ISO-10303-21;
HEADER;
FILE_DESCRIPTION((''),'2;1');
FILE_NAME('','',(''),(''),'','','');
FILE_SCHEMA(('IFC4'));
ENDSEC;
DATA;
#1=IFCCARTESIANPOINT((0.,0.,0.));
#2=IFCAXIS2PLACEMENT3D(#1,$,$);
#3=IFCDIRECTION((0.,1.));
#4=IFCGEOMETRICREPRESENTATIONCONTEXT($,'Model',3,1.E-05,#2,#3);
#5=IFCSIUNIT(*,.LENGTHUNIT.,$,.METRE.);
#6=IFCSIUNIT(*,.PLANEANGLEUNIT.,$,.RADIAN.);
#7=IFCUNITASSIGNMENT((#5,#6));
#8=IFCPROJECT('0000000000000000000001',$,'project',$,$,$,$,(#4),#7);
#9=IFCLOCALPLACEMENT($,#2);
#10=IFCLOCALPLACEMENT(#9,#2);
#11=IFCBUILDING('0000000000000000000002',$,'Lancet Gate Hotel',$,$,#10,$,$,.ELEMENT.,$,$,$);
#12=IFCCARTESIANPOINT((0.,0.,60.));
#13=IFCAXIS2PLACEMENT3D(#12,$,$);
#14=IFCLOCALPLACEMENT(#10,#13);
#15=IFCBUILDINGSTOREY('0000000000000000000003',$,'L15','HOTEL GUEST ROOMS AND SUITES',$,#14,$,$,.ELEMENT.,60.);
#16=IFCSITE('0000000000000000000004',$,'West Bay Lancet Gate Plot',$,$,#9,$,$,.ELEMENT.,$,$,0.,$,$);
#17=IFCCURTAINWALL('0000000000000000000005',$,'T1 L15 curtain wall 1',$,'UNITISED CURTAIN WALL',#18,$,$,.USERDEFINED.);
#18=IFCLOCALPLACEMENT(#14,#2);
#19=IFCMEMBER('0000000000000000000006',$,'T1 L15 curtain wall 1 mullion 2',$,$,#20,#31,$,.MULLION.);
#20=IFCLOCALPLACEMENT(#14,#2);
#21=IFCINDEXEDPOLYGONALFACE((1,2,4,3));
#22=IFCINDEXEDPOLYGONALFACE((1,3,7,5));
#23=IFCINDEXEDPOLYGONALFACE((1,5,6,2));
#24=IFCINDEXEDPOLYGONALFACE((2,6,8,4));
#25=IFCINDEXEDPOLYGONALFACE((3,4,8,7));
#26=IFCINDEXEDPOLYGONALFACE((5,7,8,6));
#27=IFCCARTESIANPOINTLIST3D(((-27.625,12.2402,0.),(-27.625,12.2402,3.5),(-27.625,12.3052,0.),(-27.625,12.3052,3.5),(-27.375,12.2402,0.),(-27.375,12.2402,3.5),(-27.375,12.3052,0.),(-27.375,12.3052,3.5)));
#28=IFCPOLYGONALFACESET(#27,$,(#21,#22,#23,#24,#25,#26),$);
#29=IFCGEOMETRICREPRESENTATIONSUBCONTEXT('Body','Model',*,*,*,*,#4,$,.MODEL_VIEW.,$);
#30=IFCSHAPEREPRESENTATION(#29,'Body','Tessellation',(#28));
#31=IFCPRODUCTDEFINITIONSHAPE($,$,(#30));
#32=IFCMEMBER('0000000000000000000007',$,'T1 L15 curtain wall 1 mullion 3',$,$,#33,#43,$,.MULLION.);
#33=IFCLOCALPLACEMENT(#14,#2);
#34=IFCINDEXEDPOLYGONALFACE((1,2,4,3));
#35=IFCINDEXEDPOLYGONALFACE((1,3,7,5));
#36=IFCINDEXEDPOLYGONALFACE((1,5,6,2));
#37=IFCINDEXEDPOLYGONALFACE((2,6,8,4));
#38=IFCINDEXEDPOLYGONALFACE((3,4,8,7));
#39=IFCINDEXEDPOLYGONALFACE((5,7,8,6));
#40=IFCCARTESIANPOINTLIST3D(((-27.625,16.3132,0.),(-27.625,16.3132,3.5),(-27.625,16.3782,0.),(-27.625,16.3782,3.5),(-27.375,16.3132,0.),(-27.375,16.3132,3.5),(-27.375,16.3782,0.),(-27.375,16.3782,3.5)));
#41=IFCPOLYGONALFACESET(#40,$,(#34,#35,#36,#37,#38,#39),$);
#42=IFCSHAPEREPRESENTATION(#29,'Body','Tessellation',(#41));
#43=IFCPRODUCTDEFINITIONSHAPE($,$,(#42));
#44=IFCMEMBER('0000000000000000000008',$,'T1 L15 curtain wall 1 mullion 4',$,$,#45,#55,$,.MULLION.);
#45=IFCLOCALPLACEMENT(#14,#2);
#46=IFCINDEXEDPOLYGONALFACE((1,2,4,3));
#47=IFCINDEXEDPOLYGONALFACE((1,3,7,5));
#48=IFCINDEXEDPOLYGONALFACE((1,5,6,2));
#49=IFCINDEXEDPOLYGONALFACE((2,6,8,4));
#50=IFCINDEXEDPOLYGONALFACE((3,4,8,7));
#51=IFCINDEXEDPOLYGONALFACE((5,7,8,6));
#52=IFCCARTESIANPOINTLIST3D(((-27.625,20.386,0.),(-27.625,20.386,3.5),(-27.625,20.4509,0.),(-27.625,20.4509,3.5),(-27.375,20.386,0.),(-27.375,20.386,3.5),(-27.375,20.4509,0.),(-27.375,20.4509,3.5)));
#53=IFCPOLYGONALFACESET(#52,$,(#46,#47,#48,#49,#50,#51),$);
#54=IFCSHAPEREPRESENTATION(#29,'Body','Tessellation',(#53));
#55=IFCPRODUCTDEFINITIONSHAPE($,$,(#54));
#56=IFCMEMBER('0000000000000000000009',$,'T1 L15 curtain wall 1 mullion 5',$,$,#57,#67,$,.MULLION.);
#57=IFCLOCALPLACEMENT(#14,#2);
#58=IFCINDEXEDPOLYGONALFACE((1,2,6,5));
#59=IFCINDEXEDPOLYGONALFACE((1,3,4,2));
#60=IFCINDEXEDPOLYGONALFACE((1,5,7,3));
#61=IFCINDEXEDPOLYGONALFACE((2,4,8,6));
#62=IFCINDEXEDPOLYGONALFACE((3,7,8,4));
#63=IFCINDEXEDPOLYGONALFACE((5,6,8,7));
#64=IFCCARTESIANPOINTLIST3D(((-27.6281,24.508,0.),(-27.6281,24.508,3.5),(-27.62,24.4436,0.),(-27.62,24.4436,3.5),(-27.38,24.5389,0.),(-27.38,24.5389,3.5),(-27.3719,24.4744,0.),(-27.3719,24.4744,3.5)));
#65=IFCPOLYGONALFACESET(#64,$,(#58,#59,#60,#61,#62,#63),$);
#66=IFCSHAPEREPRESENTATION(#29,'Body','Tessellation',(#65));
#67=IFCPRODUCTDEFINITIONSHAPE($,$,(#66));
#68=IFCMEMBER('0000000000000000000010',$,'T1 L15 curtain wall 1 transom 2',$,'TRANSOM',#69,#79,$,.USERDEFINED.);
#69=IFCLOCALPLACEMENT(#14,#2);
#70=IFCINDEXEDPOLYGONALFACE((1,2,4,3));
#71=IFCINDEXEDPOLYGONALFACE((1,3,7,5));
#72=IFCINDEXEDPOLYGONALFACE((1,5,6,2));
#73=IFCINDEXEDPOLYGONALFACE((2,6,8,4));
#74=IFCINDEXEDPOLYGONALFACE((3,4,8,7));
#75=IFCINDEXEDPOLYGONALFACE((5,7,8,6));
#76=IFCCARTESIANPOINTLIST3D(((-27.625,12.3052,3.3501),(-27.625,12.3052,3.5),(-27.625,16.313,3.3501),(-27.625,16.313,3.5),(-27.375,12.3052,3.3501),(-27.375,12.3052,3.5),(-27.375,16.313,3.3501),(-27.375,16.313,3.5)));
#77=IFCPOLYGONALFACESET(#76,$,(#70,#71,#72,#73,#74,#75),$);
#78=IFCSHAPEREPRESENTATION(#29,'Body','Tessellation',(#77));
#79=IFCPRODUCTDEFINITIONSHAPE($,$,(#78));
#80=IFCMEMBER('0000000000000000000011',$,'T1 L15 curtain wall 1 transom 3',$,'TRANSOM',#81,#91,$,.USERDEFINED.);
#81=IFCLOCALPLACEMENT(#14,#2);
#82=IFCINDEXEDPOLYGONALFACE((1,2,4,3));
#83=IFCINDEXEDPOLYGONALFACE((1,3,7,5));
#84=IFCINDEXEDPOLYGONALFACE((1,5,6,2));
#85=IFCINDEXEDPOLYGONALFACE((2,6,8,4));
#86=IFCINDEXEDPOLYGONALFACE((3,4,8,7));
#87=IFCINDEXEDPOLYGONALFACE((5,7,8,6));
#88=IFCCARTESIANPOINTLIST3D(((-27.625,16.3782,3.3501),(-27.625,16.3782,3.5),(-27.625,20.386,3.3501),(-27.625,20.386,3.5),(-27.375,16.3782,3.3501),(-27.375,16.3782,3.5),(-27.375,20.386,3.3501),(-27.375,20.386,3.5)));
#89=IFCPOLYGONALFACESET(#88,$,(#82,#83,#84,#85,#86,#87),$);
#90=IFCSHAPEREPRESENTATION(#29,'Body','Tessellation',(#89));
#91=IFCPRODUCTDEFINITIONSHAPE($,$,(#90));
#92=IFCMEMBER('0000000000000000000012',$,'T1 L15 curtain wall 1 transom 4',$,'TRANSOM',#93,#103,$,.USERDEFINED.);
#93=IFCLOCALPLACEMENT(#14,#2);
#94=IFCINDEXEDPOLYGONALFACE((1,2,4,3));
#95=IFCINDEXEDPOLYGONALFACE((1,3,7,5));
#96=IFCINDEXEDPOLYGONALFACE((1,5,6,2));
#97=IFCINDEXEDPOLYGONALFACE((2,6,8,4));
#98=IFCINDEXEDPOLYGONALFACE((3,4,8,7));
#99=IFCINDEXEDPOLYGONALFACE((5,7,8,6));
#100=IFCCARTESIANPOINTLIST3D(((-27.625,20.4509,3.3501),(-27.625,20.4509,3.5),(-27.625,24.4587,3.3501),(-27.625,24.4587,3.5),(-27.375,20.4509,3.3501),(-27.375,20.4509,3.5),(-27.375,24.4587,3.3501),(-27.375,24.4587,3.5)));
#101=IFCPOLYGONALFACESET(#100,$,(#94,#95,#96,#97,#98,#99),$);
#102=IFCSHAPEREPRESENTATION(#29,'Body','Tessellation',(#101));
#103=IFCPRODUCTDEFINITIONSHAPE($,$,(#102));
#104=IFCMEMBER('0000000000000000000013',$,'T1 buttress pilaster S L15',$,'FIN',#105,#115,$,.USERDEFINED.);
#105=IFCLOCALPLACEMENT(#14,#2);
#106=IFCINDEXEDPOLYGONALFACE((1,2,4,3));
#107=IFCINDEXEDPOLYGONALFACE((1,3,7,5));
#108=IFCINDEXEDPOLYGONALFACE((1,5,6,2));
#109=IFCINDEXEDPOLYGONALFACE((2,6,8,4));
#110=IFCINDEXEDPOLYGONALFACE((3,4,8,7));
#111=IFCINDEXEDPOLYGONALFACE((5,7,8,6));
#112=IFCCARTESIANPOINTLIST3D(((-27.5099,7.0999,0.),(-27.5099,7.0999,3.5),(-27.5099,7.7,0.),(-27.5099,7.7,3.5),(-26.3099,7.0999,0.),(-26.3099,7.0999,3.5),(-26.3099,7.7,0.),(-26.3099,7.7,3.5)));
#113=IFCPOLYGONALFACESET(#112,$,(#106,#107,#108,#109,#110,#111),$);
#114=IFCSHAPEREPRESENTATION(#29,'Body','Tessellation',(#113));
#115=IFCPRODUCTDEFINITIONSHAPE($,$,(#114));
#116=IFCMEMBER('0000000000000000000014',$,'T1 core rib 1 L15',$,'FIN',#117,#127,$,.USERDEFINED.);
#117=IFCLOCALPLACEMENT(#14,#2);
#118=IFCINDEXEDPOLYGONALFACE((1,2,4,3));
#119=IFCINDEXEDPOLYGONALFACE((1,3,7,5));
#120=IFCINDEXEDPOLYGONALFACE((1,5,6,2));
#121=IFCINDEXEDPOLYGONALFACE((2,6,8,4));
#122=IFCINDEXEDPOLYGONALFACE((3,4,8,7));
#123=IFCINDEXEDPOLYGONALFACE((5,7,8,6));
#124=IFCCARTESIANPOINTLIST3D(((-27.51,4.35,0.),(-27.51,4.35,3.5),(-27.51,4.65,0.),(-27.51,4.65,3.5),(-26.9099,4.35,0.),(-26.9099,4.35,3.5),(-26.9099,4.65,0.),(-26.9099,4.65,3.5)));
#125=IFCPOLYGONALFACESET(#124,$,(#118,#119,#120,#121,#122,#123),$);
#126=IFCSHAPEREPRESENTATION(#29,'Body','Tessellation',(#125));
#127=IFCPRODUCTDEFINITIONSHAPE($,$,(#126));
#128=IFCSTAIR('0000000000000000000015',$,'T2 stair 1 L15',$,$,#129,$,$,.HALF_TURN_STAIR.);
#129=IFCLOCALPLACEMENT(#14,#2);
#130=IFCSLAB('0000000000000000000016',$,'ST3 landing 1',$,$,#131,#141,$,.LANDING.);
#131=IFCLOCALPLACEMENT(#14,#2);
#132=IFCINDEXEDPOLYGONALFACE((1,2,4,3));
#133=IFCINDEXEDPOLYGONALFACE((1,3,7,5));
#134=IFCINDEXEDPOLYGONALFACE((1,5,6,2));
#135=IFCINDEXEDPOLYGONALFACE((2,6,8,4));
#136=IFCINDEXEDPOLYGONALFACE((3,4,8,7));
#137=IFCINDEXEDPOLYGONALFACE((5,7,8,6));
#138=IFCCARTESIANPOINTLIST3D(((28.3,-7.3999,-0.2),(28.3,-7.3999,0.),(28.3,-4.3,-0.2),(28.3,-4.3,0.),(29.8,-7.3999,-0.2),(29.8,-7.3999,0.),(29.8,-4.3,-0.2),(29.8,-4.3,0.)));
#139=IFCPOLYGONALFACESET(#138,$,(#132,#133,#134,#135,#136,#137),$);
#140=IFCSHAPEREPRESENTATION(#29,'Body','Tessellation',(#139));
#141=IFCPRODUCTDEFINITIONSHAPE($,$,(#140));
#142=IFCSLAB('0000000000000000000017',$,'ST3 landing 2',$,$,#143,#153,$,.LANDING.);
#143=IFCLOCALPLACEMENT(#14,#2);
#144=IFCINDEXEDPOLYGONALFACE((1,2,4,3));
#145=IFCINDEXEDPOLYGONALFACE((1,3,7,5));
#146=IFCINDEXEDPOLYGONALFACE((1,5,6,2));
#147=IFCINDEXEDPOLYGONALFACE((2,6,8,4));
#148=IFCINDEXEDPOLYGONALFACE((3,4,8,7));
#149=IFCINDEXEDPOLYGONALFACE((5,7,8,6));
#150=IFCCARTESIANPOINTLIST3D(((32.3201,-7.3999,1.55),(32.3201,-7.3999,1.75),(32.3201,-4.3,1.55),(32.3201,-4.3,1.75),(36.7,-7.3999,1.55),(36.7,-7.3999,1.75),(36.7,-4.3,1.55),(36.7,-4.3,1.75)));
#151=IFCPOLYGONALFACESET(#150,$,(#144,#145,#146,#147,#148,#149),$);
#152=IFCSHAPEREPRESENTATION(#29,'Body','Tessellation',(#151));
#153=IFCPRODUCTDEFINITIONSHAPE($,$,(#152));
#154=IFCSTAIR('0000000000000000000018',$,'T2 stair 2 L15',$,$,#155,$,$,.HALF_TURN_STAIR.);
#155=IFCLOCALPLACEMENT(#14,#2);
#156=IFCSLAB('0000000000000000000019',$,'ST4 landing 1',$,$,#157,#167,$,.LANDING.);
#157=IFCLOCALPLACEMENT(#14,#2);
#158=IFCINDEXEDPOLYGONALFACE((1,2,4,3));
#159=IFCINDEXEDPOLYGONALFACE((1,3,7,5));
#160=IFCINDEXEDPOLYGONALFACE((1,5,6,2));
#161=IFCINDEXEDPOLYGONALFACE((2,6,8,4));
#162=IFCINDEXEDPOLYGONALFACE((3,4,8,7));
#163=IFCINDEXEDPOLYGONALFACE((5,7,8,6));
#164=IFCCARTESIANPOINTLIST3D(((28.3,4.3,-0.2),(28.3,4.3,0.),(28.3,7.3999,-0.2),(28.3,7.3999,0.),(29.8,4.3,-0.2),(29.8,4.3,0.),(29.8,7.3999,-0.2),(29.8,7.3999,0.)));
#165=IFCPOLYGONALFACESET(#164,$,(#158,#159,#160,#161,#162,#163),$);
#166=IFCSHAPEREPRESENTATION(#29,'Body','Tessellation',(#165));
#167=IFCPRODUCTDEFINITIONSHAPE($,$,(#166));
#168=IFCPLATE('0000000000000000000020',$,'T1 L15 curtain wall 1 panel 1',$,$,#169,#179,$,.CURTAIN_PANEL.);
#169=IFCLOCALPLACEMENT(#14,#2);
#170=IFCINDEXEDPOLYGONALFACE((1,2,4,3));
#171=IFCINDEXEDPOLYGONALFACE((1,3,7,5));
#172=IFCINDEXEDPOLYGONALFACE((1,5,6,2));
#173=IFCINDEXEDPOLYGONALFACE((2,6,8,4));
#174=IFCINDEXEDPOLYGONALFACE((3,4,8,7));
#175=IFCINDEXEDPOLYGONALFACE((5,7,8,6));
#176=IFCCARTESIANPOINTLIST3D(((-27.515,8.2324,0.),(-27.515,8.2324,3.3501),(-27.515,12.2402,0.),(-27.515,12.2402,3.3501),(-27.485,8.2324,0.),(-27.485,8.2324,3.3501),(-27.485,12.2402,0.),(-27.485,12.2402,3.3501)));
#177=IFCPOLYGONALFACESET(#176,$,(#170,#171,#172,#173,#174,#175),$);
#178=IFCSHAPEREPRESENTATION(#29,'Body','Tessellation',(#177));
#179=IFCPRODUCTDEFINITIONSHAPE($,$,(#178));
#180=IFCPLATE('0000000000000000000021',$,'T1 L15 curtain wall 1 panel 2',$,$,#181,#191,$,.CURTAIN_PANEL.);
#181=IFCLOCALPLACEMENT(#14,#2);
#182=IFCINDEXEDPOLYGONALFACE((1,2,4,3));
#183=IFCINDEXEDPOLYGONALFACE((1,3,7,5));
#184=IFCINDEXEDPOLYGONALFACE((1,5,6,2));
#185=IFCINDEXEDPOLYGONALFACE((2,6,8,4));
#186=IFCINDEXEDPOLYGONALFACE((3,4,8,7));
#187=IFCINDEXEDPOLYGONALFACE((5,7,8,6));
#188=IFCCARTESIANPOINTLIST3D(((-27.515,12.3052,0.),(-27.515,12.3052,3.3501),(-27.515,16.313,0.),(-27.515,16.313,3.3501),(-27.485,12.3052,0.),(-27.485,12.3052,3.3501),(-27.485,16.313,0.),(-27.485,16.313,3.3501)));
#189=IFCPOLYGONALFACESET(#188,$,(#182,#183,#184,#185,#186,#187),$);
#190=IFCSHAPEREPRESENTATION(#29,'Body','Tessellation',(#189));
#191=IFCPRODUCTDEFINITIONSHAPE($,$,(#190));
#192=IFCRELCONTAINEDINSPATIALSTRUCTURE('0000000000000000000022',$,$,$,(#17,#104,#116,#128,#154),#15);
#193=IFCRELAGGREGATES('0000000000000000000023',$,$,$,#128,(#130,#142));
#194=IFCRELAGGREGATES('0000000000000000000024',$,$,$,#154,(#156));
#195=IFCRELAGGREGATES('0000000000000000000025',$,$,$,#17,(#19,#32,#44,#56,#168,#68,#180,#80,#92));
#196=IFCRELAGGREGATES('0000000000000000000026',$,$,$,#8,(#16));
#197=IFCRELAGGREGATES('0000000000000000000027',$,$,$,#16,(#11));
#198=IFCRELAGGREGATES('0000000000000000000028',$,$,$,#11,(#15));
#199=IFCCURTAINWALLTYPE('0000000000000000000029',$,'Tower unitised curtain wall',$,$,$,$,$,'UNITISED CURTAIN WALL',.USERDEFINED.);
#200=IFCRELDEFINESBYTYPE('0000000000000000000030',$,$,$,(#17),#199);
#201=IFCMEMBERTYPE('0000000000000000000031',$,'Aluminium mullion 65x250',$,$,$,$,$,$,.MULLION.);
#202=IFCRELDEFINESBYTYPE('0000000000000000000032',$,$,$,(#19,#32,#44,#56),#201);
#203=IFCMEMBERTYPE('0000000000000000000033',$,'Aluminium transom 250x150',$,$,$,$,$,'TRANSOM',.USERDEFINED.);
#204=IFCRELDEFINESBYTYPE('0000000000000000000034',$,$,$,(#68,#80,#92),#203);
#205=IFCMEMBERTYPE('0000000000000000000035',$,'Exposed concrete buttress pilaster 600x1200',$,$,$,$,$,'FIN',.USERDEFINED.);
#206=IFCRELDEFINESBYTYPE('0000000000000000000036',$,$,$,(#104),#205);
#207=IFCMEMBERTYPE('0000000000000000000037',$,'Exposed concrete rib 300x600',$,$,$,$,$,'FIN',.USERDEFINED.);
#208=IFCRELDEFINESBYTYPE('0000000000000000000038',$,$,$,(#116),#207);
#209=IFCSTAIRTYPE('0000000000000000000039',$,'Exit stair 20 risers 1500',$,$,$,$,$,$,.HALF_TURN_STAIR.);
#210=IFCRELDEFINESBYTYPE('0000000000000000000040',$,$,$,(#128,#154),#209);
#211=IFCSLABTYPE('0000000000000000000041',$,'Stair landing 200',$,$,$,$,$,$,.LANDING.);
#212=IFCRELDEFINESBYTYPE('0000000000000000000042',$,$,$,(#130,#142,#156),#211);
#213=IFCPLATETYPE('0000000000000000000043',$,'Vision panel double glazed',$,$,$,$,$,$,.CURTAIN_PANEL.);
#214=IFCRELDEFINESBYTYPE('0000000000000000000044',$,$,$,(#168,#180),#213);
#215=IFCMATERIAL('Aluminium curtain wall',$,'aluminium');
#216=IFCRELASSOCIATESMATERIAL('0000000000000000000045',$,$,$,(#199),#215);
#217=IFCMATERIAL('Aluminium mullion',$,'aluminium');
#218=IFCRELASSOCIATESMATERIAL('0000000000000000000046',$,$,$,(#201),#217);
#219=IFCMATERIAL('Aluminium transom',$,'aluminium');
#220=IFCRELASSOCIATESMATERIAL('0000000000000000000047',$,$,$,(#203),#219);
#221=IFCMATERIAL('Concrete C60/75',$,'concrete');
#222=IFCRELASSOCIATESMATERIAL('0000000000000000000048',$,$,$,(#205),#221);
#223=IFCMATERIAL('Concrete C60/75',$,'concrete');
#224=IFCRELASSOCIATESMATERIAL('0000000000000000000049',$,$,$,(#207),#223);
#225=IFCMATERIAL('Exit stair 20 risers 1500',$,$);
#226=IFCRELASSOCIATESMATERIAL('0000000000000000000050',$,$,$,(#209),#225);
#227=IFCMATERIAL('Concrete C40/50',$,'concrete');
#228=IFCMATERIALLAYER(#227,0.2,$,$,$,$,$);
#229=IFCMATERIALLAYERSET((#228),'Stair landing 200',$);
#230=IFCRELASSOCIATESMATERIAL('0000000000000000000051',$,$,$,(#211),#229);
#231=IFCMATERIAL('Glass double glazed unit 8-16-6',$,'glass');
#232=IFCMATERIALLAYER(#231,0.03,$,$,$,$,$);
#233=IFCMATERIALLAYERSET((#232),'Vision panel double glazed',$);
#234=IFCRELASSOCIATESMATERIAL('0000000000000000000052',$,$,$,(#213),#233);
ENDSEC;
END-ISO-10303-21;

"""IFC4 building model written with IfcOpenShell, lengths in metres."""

from ifc_helpers import new_model, si_unit, direction, frame, origin, origin_2d, place, context, subcontext, project, spatial, polyline, rectangle, outline, extrude, material, layer, layer_set, material_profile, profile_set, type_object, element, aggregate, save


model = new_model("IFC4")

# Units and contexts
model_context = context("Model", 3, precision=1e-05, world=origin(), true_north=direction((0.0, 1.0)))
body_context = subcontext(model_context, "Body", "Model", "MODEL_VIEW")
ifc_project = project(units=[si_unit("LENGTHUNIT", "METRE"), si_unit("PLANEANGLEUNIT", "RADIAN")], contexts=[model_context])

# Site, building, storey
site_placement = place(None, origin())
site = spatial("IfcSite", under=ifc_project, at=site_placement, Name="West Bay Lancet Gate Plot", CompositionType="ELEMENT", RefElevation=0.0)
building_placement = place(site_placement, origin())
building = spatial("IfcBuilding", under=site, at=building_placement, Name="Lancet Gate Hotel", CompositionType="ELEMENT")
storey_placement = place(building_placement, frame((0.0, 0.0, 60.0)))
storey = spatial("IfcBuildingStorey", under=building, at=storey_placement, Name="L15", Description="HOTEL GUEST ROOMS AND SUITES", CompositionType="ELEMENT", Elevation=60.0)

# Curtain wall, members
ifc_material_1 = material(Name="Aluminium curtain wall", Category="aluminium")
curtain_wall_type = type_object("IfcCurtainWallType", Name="Tower unitised curtain wall", ElementType="UNITISED CURTAIN WALL", PredefinedType="USERDEFINED", material=ifc_material_1)
curtain_wall_placement = place(storey_placement, origin())
curtain_wall = element("IfcCurtainWall", 1, at=curtain_wall_placement, inside=storey, type_object=curtain_wall_type, Name="T1 L15 curtain wall 1", ObjectType="UNITISED CURTAIN WALL", PredefinedType="USERDEFINED")
ifc_material_2 = material(Name="Aluminium mullion", Category="aluminium")
ifc_material_profile_1 = material_profile(ifc_material_2, rectangle(XDim=0.0649, YDim=0.25, at=origin_2d()), Name="MULLION 65x250")
ifc_profile_set_1 = profile_set([ifc_material_profile_1], Name="Aluminium mullion")
member_type_1 = type_object("IfcMemberType", Name="Aluminium mullion 65x250", PredefinedType="MULLION", material=ifc_profile_set_1)
member_1_placement = place(storey_placement, frame((-27.5, 12.2727, 0.0), z_axis=(0.0, 0.0, 1.0), x_axis=(0.0, 1.0, 0.0)))
member_1 = element("IfcMember", 2, at=member_1_placement, type_object=member_type_1, Name="T1 L15 curtain wall 1 mullion 2", PredefinedType="MULLION", context=body_context, shape_type="SweptSolid", body=[
    extrude(rectangle(XDim=0.0649, YDim=0.25, at=origin_2d()), origin(), (0.0, 0.0, 1.0), 3.5),
])
member_2_placement = place(storey_placement, frame((-27.5, 16.3457, 0.0), z_axis=(0.0, 0.0, 1.0), x_axis=(0.0, 1.0, 0.0)))
member_2 = element("IfcMember", 3, at=member_2_placement, type_object=member_type_1, Name="T1 L15 curtain wall 1 mullion 3", PredefinedType="MULLION", context=body_context, shape_type="SweptSolid", body=[
    extrude(rectangle(XDim=0.0649, YDim=0.25, at=origin_2d()), origin(), (0.0, 0.0, 1.0), 3.5),
])
member_3_placement = place(storey_placement, frame((-27.5, 20.4185, 0.0), z_axis=(0.0, 0.0, 1.0), x_axis=(0.0, 1.0, 0.0)))
member_3 = element("IfcMember", 4, at=member_3_placement, type_object=member_type_1, Name="T1 L15 curtain wall 1 mullion 4", PredefinedType="MULLION", context=body_context, shape_type="SweptSolid", body=[
    extrude(rectangle(XDim=0.0649, YDim=0.25, at=origin_2d()), origin(), (0.0, 0.0, 1.0), 3.5),
])
member_4_placement = place(storey_placement, frame((-27.5, 24.4912, 0.0), z_axis=(0.0, 0.0, 1.0), x_axis=(-0.123483, 0.992347, 0.0)))
member_4 = element("IfcMember", 5, at=member_4_placement, type_object=member_type_1, Name="T1 L15 curtain wall 1 mullion 5", PredefinedType="MULLION", context=body_context, shape_type="SweptSolid", body=[
    extrude(rectangle(XDim=0.0649, YDim=0.25, at=origin_2d()), origin(), (0.0, 0.0, 1.0), 3.5),
])
ifc_material_3 = material(Name="Aluminium transom", Category="aluminium")
ifc_material_profile_2 = material_profile(ifc_material_3, rectangle(XDim=0.25, YDim=0.1499, at=origin_2d()), Name="TRANSOM 250x150")
ifc_profile_set_2 = profile_set([ifc_material_profile_2], Name="Aluminium transom")
member_type_2 = type_object("IfcMemberType", Name="Aluminium transom 250x150", ElementType="TRANSOM", PredefinedType="USERDEFINED", material=ifc_profile_set_2)
member_5_placement = place(storey_placement, frame((-27.5, 12.3052, 3.425), z_axis=(0.0, 1.0, 0.0), x_axis=(-1.0, 0.0, 0.0)))
member_5 = element("IfcMember", 6, at=member_5_placement, type_object=member_type_2, Name="T1 L15 curtain wall 1 transom 2", ObjectType="TRANSOM", PredefinedType="USERDEFINED", context=body_context, shape_type="SweptSolid", body=[
    extrude(rectangle(XDim=0.25, YDim=0.1499, at=origin_2d()), origin(), (0.0, 0.0, 1.0), 4.0078),
])
member_6_placement = place(storey_placement, frame((-27.5, 16.3782, 3.425), z_axis=(0.0, 1.0, 0.0), x_axis=(-1.0, 0.0, 0.0)))
member_6 = element("IfcMember", 7, at=member_6_placement, type_object=member_type_2, Name="T1 L15 curtain wall 1 transom 3", ObjectType="TRANSOM", PredefinedType="USERDEFINED", context=body_context, shape_type="SweptSolid", body=[
    extrude(rectangle(XDim=0.25, YDim=0.1499, at=origin_2d()), origin(), (0.0, 0.0, 1.0), 4.0078),
])
member_7_placement = place(storey_placement, frame((-27.5, 20.4509, 3.425), z_axis=(0.0, 1.0, 0.0), x_axis=(-1.0, 0.0, 0.0)))
member_7 = element("IfcMember", 8, at=member_7_placement, type_object=member_type_2, Name="T1 L15 curtain wall 1 transom 4", ObjectType="TRANSOM", PredefinedType="USERDEFINED", context=body_context, shape_type="SweptSolid", body=[
    extrude(rectangle(XDim=0.25, YDim=0.1499, at=origin_2d()), origin(), (0.0, 0.0, 1.0), 4.0078),
])

# Members
ifc_material_4 = material(Name="Concrete C60/75", Category="concrete")
ifc_material_profile_3 = material_profile(ifc_material_4, rectangle(XDim=0.6001, YDim=1.2, at=origin_2d()), Name="FIN 600x1200")
ifc_profile_set_3 = profile_set([ifc_material_profile_3], Name="Concrete C60/75")
member_type_3 = type_object("IfcMemberType", Name="Exposed concrete buttress pilaster 600x1200", ElementType="FIN", PredefinedType="USERDEFINED", material=ifc_profile_set_3)
member_8_placement = place(storey_placement, frame((-26.9099, 7.3999, 0.0), z_axis=(0.0, 0.0, 1.0), x_axis=(0.0, 1.0, 0.0)))
element("IfcMember", 9, at=member_8_placement, inside=storey, type_object=member_type_3, Name="T1 buttress pilaster S L15", ObjectType="FIN", PredefinedType="USERDEFINED", context=body_context, shape_type="SweptSolid", body=[
    extrude(rectangle(XDim=0.6001, YDim=1.2, at=origin_2d()), origin(), (0.0, 0.0, 1.0), 3.5),
])
ifc_material_5 = material(Name="Concrete C60/75", Category="concrete")
ifc_material_profile_4 = material_profile(ifc_material_5, rectangle(XDim=0.3, YDim=0.6001, at=origin_2d()), Name="FIN 300x600")
ifc_profile_set_4 = profile_set([ifc_material_profile_4], Name="Concrete C60/75")
member_type_4 = type_object("IfcMemberType", Name="Exposed concrete rib 300x600", ElementType="FIN", PredefinedType="USERDEFINED", material=ifc_profile_set_4)
member_9_placement = place(storey_placement, frame((-27.21, 4.5, 0.0), z_axis=(0.0, 0.0, 1.0), x_axis=(0.0, 1.0, 0.0)))
element("IfcMember", 10, at=member_9_placement, inside=storey, type_object=member_type_4, Name="T1 core rib 1 L15", ObjectType="FIN", PredefinedType="USERDEFINED", context=body_context, shape_type="SweptSolid", body=[
    extrude(rectangle(XDim=0.3, YDim=0.6001, at=origin_2d()), origin(), (0.0, 0.0, 1.0), 3.5),
])

# Stair, slabs
ifc_material_6 = material(Name="Exit stair 20 risers 1500")
stair_type = type_object("IfcStairType", Name="Exit stair 20 risers 1500", PredefinedType="HALF_TURN_STAIR", material=ifc_material_6)
stair_1_placement = place(storey_placement, origin())
stair_1 = element("IfcStair", 11, at=stair_1_placement, inside=storey, type_object=stair_type, Name="T2 stair 1 L15", PredefinedType="HALF_TURN_STAIR")
ifc_material_7 = material(Name="Concrete C40/50", Category="concrete")
ifc_layer_1 = layer(ifc_material_7, 0.2)
ifc_layer_set_1 = layer_set([ifc_layer_1], Name="Stair landing 200")
slab_type = type_object("IfcSlabType", Name="Stair landing 200", PredefinedType="LANDING", material=ifc_layer_set_1)
slab_1_placement = place(storey_placement, frame((0.0, 0.0, -0.2)))
slab_1 = element("IfcSlab", 12, at=slab_1_placement, type_object=slab_type, Name="ST3 landing 1", PredefinedType="LANDING", context=body_context, shape_type="SweptSolid", body=[
    extrude(outline(polyline([(28.3, -7.3999), (29.8, -7.3999), (29.8, -4.3), (28.3, -4.3), (28.3, -7.3999)])), origin(), (0.0, 0.0, 1.0), 0.2),
])
slab_2_placement = place(storey_placement, frame((0.0, 0.0, 1.55)))
slab_2 = element("IfcSlab", 13, at=slab_2_placement, type_object=slab_type, Name="ST3 landing 2", PredefinedType="LANDING", context=body_context, shape_type="SweptSolid", body=[
    extrude(outline(polyline([(32.3201, -7.3999), (36.7, -7.3999), (36.7, -4.3), (32.3201, -4.3), (32.3201, -7.3999)])), origin(), (0.0, 0.0, 1.0), 0.2),
])
aggregate(stair_1, [slab_1, slab_2])

# Stair, slab
stair_2_placement = place(storey_placement, origin())
stair_2 = element("IfcStair", 14, at=stair_2_placement, inside=storey, type_object=stair_type, Name="T2 stair 2 L15", PredefinedType="HALF_TURN_STAIR")
slab_3_placement = place(storey_placement, frame((0.0, 0.0, -0.2)))
slab_3 = element("IfcSlab", 15, at=slab_3_placement, type_object=slab_type, Name="ST4 landing 1", PredefinedType="LANDING", context=body_context, shape_type="SweptSolid", body=[
    extrude(outline(polyline([(28.3, 4.3), (29.8, 4.3), (29.8, 7.3999), (28.3, 7.3999), (28.3, 4.3)])), origin(), (0.0, 0.0, 1.0), 0.2),
])
aggregate(stair_2, [slab_3])

# Plates
ifc_material_8 = material(Name="Glass double glazed unit 8-16-6", Category="glass")
ifc_layer_2 = layer(ifc_material_8, 0.03)
ifc_layer_set_2 = layer_set([ifc_layer_2], Name="Vision panel double glazed")
plate_type = type_object("IfcPlateType", Name="Vision panel double glazed", PredefinedType="CURTAIN_PANEL", material=ifc_layer_set_2)
plate_1_placement = place(storey_placement, frame((-27.5, 10.2363, 0.0), z_axis=(0.0, 0.0, 1.0), x_axis=(0.0, 1.0, 0.0)))
plate_1 = element("IfcPlate", 16, at=plate_1_placement, type_object=plate_type, Name="T1 L15 curtain wall 1 panel 1", PredefinedType="CURTAIN_PANEL", context=body_context, shape_type="SweptSolid", body=[
    extrude(rectangle(XDim=4.0078, YDim=0.03, at=origin_2d()), origin(), (0.0, 0.0, 1.0), 3.3501),
])
plate_2_placement = place(storey_placement, frame((-27.5, 14.3091, 0.0), z_axis=(0.0, 0.0, 1.0), x_axis=(0.0, 1.0, 0.0)))
plate_2 = element("IfcPlate", 17, at=plate_2_placement, type_object=plate_type, Name="T1 L15 curtain wall 1 panel 2", PredefinedType="CURTAIN_PANEL", context=body_context, shape_type="SweptSolid", body=[
    extrude(rectangle(XDim=4.0078, YDim=0.03, at=origin_2d()), origin(), (0.0, 0.0, 1.0), 3.3501),
])
aggregate(curtain_wall, [member_1, member_2, member_3, member_4, plate_1, member_5, plate_2, member_6, member_7])

save(model, "model.ifc")
